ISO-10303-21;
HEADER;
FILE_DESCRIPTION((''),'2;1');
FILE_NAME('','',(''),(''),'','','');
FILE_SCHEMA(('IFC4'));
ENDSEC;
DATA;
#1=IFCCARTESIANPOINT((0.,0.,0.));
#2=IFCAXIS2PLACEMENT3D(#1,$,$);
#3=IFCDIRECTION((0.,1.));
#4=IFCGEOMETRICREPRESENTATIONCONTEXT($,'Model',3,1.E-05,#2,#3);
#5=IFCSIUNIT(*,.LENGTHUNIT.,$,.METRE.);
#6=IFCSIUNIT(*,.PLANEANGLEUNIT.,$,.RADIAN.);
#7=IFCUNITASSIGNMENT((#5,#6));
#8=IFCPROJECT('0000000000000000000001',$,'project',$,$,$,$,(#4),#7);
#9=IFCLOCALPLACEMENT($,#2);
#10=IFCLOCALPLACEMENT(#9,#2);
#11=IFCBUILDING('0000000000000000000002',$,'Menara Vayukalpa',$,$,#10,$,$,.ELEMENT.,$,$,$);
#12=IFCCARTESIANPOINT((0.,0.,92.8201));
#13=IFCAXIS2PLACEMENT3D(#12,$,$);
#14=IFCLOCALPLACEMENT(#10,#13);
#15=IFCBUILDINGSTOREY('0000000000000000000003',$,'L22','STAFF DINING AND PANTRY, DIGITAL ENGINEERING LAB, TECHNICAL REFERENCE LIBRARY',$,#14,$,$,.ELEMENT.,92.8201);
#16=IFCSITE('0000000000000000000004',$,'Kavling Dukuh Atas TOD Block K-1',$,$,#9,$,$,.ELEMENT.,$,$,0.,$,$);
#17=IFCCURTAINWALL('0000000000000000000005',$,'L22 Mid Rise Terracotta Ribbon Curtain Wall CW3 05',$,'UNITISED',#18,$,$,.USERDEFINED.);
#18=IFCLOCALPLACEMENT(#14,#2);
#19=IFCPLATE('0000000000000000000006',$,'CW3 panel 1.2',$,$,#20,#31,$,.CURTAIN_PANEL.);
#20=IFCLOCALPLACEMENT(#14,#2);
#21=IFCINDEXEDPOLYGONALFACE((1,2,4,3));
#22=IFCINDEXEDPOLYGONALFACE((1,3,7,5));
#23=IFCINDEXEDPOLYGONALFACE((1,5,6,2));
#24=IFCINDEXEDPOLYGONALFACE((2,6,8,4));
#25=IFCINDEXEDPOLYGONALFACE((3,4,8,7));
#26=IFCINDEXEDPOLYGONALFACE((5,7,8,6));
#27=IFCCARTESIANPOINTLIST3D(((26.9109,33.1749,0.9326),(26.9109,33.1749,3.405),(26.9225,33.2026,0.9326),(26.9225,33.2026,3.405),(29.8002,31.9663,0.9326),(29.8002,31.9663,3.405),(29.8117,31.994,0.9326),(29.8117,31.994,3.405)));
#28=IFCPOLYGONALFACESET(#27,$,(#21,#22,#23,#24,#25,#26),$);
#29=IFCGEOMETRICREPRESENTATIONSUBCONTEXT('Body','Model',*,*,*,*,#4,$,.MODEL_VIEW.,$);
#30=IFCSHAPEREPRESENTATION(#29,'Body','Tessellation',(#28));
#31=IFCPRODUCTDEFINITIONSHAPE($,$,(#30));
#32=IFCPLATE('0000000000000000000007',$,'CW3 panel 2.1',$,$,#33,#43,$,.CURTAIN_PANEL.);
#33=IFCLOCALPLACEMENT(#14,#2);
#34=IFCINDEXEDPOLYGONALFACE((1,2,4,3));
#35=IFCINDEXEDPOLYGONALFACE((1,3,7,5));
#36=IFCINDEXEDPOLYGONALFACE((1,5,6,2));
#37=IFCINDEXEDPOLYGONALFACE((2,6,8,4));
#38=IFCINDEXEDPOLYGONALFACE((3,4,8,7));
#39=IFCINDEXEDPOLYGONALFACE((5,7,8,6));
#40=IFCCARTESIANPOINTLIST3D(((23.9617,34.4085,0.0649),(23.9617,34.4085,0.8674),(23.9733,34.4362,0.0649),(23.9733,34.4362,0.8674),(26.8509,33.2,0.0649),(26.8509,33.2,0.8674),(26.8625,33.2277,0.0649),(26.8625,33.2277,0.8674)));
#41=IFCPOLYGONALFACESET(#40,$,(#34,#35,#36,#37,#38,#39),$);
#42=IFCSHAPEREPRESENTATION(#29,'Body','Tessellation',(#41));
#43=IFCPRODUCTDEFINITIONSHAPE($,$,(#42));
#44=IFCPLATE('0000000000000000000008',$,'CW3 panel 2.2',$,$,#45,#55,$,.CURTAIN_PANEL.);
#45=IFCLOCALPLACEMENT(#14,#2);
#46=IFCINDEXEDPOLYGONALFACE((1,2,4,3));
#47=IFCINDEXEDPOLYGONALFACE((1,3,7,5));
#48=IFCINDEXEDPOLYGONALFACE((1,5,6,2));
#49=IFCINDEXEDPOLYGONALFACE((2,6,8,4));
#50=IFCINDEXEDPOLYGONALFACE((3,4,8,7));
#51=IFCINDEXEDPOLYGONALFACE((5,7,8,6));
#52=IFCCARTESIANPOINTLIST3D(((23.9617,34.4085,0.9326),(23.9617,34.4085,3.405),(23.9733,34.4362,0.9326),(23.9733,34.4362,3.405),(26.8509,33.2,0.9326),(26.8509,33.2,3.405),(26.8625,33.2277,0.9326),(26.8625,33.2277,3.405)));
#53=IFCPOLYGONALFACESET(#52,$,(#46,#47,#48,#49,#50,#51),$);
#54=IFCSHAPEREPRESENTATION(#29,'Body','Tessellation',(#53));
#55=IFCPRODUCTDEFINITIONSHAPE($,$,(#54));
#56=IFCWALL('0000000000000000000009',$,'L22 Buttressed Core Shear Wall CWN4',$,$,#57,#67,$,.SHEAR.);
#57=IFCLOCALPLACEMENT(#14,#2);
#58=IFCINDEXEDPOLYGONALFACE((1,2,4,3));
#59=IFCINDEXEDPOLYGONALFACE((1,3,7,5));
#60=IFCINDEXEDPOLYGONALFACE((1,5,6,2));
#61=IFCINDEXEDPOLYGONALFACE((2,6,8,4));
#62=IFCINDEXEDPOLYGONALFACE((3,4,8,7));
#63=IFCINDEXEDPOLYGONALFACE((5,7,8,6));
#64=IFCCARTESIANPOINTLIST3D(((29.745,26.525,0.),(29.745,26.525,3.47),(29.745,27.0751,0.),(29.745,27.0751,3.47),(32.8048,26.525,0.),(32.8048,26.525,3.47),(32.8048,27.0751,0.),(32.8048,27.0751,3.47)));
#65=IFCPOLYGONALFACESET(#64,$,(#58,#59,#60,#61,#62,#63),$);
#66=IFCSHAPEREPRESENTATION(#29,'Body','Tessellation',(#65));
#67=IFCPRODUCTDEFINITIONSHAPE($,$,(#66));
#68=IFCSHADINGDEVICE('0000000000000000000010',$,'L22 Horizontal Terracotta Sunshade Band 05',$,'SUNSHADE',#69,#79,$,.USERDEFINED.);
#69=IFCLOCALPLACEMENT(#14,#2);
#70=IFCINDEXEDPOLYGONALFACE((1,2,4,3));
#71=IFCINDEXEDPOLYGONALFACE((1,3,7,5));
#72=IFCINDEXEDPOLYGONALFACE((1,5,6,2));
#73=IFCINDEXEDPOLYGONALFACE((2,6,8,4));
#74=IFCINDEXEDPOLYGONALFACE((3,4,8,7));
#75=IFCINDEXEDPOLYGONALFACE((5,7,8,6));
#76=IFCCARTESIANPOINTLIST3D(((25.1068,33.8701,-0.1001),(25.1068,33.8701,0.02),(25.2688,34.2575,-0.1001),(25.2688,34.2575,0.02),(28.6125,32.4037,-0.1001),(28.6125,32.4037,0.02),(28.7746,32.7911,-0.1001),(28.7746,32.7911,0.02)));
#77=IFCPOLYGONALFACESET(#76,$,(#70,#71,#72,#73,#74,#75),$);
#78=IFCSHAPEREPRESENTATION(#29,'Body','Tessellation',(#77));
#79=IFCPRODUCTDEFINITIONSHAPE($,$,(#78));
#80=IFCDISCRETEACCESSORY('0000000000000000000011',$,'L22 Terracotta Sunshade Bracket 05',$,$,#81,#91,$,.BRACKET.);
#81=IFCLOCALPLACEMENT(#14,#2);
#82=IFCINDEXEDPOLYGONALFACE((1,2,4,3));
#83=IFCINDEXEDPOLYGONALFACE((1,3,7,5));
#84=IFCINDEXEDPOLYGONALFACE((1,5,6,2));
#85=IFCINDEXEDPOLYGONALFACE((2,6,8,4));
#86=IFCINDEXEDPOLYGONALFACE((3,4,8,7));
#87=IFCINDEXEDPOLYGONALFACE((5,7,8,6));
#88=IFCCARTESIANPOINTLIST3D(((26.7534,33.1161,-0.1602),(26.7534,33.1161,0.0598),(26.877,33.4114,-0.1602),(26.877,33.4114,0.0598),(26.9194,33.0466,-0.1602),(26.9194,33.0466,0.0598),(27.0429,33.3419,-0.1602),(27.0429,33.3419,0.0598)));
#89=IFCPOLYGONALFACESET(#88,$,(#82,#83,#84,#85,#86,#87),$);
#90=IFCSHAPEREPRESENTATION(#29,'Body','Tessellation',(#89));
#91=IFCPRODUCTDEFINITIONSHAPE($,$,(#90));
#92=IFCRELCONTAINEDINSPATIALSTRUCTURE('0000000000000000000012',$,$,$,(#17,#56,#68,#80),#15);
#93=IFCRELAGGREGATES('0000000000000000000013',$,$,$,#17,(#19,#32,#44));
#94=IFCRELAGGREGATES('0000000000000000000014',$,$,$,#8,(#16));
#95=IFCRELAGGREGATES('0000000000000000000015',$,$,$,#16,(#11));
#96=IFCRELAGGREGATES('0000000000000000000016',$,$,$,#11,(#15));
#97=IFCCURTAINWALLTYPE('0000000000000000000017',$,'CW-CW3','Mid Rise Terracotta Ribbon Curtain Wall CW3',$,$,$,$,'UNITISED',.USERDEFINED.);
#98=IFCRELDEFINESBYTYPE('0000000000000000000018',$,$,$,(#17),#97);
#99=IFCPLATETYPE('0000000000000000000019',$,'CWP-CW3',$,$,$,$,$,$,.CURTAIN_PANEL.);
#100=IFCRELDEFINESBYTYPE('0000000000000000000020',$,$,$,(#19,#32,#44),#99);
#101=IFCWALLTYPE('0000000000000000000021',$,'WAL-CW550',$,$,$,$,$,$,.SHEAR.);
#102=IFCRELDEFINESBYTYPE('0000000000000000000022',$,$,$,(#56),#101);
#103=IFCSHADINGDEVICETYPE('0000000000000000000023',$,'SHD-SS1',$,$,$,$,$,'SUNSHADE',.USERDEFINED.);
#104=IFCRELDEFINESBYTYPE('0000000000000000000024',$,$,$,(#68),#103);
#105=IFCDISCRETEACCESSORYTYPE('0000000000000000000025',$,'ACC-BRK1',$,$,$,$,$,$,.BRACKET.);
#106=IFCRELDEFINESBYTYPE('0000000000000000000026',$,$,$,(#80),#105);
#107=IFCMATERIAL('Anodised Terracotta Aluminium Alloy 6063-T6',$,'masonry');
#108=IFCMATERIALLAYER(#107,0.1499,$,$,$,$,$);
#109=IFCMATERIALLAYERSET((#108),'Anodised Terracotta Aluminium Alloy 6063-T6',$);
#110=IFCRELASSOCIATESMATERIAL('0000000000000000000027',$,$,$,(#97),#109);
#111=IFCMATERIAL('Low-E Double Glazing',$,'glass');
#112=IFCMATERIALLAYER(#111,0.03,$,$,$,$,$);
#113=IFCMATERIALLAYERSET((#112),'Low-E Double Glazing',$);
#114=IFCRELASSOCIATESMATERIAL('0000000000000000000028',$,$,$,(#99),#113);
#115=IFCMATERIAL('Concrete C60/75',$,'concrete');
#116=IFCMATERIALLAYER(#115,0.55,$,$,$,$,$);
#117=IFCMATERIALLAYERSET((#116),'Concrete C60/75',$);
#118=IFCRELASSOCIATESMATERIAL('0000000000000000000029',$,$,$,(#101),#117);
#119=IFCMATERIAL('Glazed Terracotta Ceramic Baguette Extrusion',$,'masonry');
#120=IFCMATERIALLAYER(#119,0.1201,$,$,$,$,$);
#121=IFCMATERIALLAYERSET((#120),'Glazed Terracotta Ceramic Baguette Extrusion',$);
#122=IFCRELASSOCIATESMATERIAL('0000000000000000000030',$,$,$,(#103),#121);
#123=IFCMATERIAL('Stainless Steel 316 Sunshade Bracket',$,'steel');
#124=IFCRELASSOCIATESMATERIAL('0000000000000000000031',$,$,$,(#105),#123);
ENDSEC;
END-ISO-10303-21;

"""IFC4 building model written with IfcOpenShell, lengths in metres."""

from ifc_helpers import new_model, si_unit, direction, frame, frame_2d, origin, origin_2d, place, context, subcontext, project, spatial, rectangle, extrude, material, layer, layer_set, type_object, element, aggregate, save


model = new_model("IFC4")

# Units and contexts
model_context = context("Model", 3, precision=1e-05, world=origin(), true_north=direction((0.0, 1.0)))
body_context = subcontext(model_context, "Body", "Model", "MODEL_VIEW")
ifc_project = project(units=[si_unit("LENGTHUNIT", "METRE"), si_unit("PLANEANGLEUNIT", "RADIAN")], contexts=[model_context])

# Site, building, storey
site_placement = place(None, origin())
site = spatial("IfcSite", under=ifc_project, at=site_placement, Name="Kavling Dukuh Atas TOD Block K-1", CompositionType="ELEMENT", RefElevation=0.0)
building_placement = place(site_placement, origin())
building = spatial("IfcBuilding", under=site, at=building_placement, Name="Menara Vayukalpa", CompositionType="ELEMENT")
storey_placement = place(building_placement, frame((0.0, 0.0, 92.8201)))
storey = spatial("IfcBuildingStorey", under=building, at=storey_placement, Name="L22", Description="STAFF DINING AND PANTRY, DIGITAL ENGINEERING LAB, TECHNICAL REFERENCE LIBRARY", CompositionType="ELEMENT", Elevation=92.8201)

# Shared definitions
ifc_material_1 = material(Name="Anodised Terracotta Aluminium Alloy 6063-T6", Category="masonry")
ifc_layer_1 = layer(ifc_material_1, 0.1499)
ifc_layer_set_1 = layer_set([ifc_layer_1], Name="Anodised Terracotta Aluminium Alloy 6063-T6")
curtain_wall_type = type_object("IfcCurtainWallType", Name="CW-CW3", Description="Mid Rise Terracotta Ribbon Curtain Wall CW3", ElementType="UNITISED", PredefinedType="USERDEFINED", material=ifc_layer_set_1)

# Curtain wall, plates
curtain_wall_1_placement = place(storey_placement, origin())
curtain_wall_1 = element("IfcCurtainWall", 1, at=curtain_wall_1_placement, inside=storey, type_object=curtain_wall_type, Name="L22 Mid Rise Terracotta Ribbon Curtain Wall CW3 05", ObjectType="UNITISED", PredefinedType="USERDEFINED")
ifc_material_2 = material(Name="Low-E Double Glazing", Category="glass")
ifc_layer_2 = layer(ifc_material_2, 0.03)
ifc_layer_set_2 = layer_set([ifc_layer_2], Name="Low-E Double Glazing")
plate_type = type_object("IfcPlateType", Name="CWP-CW3", PredefinedType="CURTAIN_PANEL", material=ifc_layer_set_2)
plate_1_placement = place(storey_placement, frame((28.3613, 32.5845, 0.9326), z_axis=(0.0, 0.0, 1.0), x_axis=(-0.922543, 0.385894, 0.0)))
plate_1 = element("IfcPlate", 2, at=plate_1_placement, type_object=plate_type, Name="CW3 panel 1.2", PredefinedType="CURTAIN_PANEL", context=body_context, shape_type="SweptSolid", body=[
    extrude(rectangle(XDim=3.1318, YDim=0.03, at=origin_2d()), origin(), (0.0, 0.0, 1.0), 2.4724),
])
plate_2_placement = place(storey_placement, frame((25.4121, 33.8181, 0.0649), z_axis=(0.0, 0.0, 1.0), x_axis=(-0.922543, 0.385894, 0.0)))
plate_2 = element("IfcPlate", 3, at=plate_2_placement, type_object=plate_type, Name="CW3 panel 2.1", PredefinedType="CURTAIN_PANEL", context=body_context, shape_type="SweptSolid", body=[
    extrude(rectangle(XDim=3.1318, YDim=0.03, at=origin_2d()), origin(), (0.0, 0.0, 1.0), 0.8025),
])
plate_3_placement = place(storey_placement, frame((25.4121, 33.8181, 0.9326), z_axis=(0.0, 0.0, 1.0), x_axis=(-0.922543, 0.385894, 0.0)))
plate_3 = element("IfcPlate", 4, at=plate_3_placement, type_object=plate_type, Name="CW3 panel 2.2", PredefinedType="CURTAIN_PANEL", context=body_context, shape_type="SweptSolid", body=[
    extrude(rectangle(XDim=3.1318, YDim=0.03, at=origin_2d()), origin(), (0.0, 0.0, 1.0), 2.4724),
])
aggregate(curtain_wall_1, [plate_1, plate_2, plate_3])

# Wall
ifc_material_3 = material(Name="Concrete C60/75", Category="concrete")
ifc_layer_3 = layer(ifc_material_3, 0.55)
ifc_layer_set_3 = layer_set([ifc_layer_3], Name="Concrete C60/75")
wall_type = type_object("IfcWallType", Name="WAL-CW550", PredefinedType="SHEAR", material=ifc_layer_set_3)
wall_placement = place(storey_placement, frame((29.7451, 26.8, 0.0), z_axis=(0.0, 0.0, 1.0), x_axis=(1.0, 0.0, 0.0)))
element("IfcWall", 5, at=wall_placement, inside=storey, type_object=wall_type, Name="L22 Buttressed Core Shear Wall CWN4", PredefinedType="SHEAR", context=body_context, shape_type="SweptSolid", body=[
    extrude(rectangle(XDim=3.0598, YDim=0.55, at=frame_2d((1.5298, 0.0))), origin(), (0.0, 0.0, 1.0), 3.47),
])

# Shading device
ifc_material_4 = material(Name="Glazed Terracotta Ceramic Baguette Extrusion", Category="masonry")
ifc_layer_4 = layer(ifc_material_4, 0.1201)
ifc_layer_set_4 = layer_set([ifc_layer_4], Name="Glazed Terracotta Ceramic Baguette Extrusion")
shading_device_type = type_object("IfcShadingDeviceType", Name="SHD-SS1", ElementType="SUNSHADE", PredefinedType="USERDEFINED", material=ifc_layer_set_4)
shading_device_placement = place(storey_placement, frame((26.9407, 33.3306, -0.1001), z_axis=(0.0, 0.0, 1.0), x_axis=(-0.922545, 0.38589, 0.0)))
element("IfcShadingDevice", 6, at=shading_device_placement, inside=storey, type_object=shading_device_type, Name="L22 Horizontal Terracotta Sunshade Band 05", ObjectType="SUNSHADE", PredefinedType="USERDEFINED", context=body_context, shape_type="SweptSolid", body=[
    extrude(rectangle(XDim=3.8, YDim=0.4199, at=origin_2d()), origin(), (0.0, 0.0, 1.0), 0.1201),
])

# Discrete accessory
ifc_material_5 = material(Name="Stainless Steel 316 Sunshade Bracket", Category="steel")
discrete_accessory_type = type_object("IfcDiscreteAccessoryType", Name="ACC-BRK1", PredefinedType="BRACKET", material=ifc_material_5)
discrete_accessory_placement = place(storey_placement, frame((26.8982, 33.229, -0.1602), z_axis=(0.0, 0.0, 1.0), x_axis=(-0.922545, 0.38589, 0.0)))
element("IfcDiscreteAccessory", 7, at=discrete_accessory_placement, inside=storey, type_object=discrete_accessory_type, Name="L22 Terracotta Sunshade Bracket 05", PredefinedType="BRACKET", context=body_context, shape_type="SweptSolid", body=[
    extrude(rectangle(XDim=0.1799, YDim=0.3201, at=origin_2d()), origin(), (0.0, 0.0, 1.0), 0.22),
])

save(model, "model.ifc")
